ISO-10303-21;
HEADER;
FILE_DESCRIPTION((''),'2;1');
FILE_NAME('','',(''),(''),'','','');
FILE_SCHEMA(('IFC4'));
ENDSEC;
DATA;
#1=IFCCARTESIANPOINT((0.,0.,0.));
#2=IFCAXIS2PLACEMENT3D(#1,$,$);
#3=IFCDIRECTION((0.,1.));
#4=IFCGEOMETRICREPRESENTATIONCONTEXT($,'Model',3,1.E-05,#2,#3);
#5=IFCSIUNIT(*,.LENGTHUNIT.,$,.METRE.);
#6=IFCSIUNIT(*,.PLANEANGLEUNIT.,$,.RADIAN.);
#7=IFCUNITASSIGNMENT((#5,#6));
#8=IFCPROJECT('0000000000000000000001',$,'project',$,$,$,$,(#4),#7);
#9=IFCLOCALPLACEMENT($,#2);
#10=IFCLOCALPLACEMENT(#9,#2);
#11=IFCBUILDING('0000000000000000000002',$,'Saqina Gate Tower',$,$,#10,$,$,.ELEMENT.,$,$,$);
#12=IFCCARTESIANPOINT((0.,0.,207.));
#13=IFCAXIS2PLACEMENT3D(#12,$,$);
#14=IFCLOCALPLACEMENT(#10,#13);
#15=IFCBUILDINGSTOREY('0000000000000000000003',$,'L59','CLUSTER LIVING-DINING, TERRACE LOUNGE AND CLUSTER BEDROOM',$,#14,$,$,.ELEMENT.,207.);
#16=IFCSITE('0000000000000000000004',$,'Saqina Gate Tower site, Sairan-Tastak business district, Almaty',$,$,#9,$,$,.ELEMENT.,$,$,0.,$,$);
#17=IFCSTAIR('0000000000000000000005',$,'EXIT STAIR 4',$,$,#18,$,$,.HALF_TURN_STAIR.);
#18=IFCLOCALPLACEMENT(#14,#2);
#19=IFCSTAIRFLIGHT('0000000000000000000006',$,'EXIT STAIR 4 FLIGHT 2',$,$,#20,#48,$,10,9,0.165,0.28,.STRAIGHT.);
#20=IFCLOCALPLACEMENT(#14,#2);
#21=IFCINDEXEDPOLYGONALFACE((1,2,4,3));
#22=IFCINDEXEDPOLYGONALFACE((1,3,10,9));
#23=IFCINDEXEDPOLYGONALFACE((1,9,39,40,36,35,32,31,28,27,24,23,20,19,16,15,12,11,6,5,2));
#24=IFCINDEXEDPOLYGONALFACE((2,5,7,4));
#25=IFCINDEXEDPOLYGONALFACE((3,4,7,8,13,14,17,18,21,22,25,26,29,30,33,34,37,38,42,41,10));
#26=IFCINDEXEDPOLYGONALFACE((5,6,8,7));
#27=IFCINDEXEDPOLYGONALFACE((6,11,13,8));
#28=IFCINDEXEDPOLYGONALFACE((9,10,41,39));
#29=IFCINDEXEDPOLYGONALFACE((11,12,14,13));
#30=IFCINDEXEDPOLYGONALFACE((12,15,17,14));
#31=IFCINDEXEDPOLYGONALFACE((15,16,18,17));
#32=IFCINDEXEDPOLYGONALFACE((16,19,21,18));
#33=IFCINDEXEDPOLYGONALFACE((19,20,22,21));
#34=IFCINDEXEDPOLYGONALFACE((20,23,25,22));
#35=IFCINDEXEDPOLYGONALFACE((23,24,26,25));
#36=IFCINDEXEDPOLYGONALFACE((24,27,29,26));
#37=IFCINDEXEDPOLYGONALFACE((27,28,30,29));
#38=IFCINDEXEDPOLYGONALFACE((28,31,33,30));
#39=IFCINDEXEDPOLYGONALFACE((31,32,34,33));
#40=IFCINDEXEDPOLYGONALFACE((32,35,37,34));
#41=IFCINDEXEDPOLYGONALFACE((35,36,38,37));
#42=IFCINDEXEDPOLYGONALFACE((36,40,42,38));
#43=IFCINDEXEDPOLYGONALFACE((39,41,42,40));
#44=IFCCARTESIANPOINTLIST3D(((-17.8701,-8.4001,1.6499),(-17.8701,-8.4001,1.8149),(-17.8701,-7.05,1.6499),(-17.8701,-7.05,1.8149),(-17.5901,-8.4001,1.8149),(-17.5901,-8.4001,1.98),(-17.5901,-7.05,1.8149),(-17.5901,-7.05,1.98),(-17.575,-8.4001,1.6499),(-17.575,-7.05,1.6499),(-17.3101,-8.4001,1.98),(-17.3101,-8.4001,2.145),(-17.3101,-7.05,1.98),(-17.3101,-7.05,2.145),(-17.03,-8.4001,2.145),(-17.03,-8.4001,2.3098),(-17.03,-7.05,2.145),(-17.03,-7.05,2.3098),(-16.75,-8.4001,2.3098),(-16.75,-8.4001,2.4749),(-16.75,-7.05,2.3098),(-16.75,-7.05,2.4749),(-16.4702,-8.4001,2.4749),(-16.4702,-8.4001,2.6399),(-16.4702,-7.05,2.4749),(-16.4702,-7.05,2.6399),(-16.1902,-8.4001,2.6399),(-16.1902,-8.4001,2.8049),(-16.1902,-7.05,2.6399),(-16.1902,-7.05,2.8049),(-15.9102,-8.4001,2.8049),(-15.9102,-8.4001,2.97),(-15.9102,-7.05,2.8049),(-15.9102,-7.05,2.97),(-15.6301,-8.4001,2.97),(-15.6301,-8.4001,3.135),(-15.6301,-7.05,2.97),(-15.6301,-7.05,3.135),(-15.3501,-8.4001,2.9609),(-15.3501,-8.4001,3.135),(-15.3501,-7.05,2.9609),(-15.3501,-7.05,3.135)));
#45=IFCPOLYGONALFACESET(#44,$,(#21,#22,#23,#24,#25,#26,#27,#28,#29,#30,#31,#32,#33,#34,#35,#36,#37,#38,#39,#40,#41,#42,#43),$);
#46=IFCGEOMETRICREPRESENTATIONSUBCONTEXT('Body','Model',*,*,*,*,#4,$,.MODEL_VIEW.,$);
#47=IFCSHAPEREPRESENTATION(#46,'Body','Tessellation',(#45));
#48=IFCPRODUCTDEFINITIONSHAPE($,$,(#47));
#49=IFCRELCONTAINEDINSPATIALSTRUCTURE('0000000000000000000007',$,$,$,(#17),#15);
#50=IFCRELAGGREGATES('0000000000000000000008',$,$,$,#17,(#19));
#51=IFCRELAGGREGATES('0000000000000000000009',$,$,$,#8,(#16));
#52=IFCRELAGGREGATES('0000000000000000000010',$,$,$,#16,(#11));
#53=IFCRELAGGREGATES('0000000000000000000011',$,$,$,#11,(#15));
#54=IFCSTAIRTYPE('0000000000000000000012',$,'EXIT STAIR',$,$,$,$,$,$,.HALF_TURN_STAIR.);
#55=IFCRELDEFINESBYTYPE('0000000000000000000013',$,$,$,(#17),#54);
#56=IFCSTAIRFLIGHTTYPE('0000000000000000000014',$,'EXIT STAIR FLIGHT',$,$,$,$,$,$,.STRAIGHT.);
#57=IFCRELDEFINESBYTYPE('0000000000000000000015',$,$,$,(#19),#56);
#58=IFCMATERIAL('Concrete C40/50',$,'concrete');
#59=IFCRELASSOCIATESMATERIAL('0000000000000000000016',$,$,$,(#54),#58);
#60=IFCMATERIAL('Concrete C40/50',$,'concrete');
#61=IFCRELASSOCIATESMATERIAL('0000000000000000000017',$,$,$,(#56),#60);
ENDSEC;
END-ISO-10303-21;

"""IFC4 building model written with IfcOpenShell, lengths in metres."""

from ifc_helpers import new_model, si_unit, direction, frame, origin, place, context, subcontext, project, spatial, polyline, outline, extrude, material, type_object, element, aggregate, save


model = new_model("IFC4")

# Units and contexts
model_context = context("Model", 3, precision=1e-05, world=origin(), true_north=direction((0.0, 1.0)))
body_context = subcontext(model_context, "Body", "Model", "MODEL_VIEW")
ifc_project = project(units=[si_unit("LENGTHUNIT", "METRE"), si_unit("PLANEANGLEUNIT", "RADIAN")], contexts=[model_context])

# Site, building, storey
site_placement = place(None, origin())
site = spatial("IfcSite", under=ifc_project, at=site_placement, Name="Saqina Gate Tower site, Sairan-Tastak business district, Almaty", CompositionType="ELEMENT", RefElevation=0.0)
building_placement = place(site_placement, origin())
building = spatial("IfcBuilding", under=site, at=building_placement, Name="Saqina Gate Tower", CompositionType="ELEMENT")
storey_placement = place(building_placement, frame((0.0, 0.0, 207.0)))
storey = spatial("IfcBuildingStorey", under=building, at=storey_placement, Name="L59", Description="CLUSTER LIVING-DINING, TERRACE LOUNGE AND CLUSTER BEDROOM", CompositionType="ELEMENT", Elevation=207.0)

# Stair, stair flight
ifc_material_1 = material(Name="Concrete C40/50", Category="concrete")
stair_type = type_object("IfcStairType", Name="EXIT STAIR", PredefinedType="HALF_TURN_STAIR", material=ifc_material_1)
stair_placement = place(storey_placement, origin())
stair = element("IfcStair", 1, at=stair_placement, inside=storey, type_object=stair_type, Name="EXIT STAIR 4", PredefinedType="HALF_TURN_STAIR")
ifc_material_2 = material(Name="Concrete C40/50", Category="concrete")
stair_flight_type = type_object("IfcStairFlightType", Name="EXIT STAIR FLIGHT", PredefinedType="STRAIGHT", material=ifc_material_2)
stair_flight_placement = place(storey_placement, frame((-17.8701, -7.7251, 1.6499), z_axis=(0.0, 0.0, 1.0), x_axis=(1.0, 0.0, 0.0)))
stair_flight = element("IfcStairFlight", 2, at=stair_flight_placement, type_object=stair_flight_type, Name="EXIT STAIR 4 FLIGHT 2", NumberOfRisers=10, NumberOfTreads=9, PredefinedType="STRAIGHT", RiserHeight=0.165, TreadLength=0.28, context=body_context, shape_type="SweptSolid", body=[
    extrude(outline(polyline([(0.0, 0.0), (0.0, 0.165), (0.28, 0.165), (0.28, 0.3301), (0.5601, 0.3301), (0.5601, 0.4951), (0.8401, 0.4951), (0.8401, 0.6599), (1.1201, 0.6599), (1.1201, 0.825), (1.3999, 0.825), (1.3999, 0.99), (1.6799, 0.99), (1.6799, 1.155), (1.96, 1.155), (1.96, 1.3201), (2.24, 1.3201), (2.24, 1.4851), (2.52, 1.4851), (2.52, 1.6499), (2.52, 1.311), (0.2952, 0.0), (0.0, 0.0)])), frame((0.0, 0.675, 0.0), z_axis=(0.0, -1.0, 0.0), x_axis=(1.0, 0.0, 0.0)), (0.0, 0.0, 1.0), 1.3501),
])
aggregate(stair, [stair_flight])

save(model, "model.ifc")
